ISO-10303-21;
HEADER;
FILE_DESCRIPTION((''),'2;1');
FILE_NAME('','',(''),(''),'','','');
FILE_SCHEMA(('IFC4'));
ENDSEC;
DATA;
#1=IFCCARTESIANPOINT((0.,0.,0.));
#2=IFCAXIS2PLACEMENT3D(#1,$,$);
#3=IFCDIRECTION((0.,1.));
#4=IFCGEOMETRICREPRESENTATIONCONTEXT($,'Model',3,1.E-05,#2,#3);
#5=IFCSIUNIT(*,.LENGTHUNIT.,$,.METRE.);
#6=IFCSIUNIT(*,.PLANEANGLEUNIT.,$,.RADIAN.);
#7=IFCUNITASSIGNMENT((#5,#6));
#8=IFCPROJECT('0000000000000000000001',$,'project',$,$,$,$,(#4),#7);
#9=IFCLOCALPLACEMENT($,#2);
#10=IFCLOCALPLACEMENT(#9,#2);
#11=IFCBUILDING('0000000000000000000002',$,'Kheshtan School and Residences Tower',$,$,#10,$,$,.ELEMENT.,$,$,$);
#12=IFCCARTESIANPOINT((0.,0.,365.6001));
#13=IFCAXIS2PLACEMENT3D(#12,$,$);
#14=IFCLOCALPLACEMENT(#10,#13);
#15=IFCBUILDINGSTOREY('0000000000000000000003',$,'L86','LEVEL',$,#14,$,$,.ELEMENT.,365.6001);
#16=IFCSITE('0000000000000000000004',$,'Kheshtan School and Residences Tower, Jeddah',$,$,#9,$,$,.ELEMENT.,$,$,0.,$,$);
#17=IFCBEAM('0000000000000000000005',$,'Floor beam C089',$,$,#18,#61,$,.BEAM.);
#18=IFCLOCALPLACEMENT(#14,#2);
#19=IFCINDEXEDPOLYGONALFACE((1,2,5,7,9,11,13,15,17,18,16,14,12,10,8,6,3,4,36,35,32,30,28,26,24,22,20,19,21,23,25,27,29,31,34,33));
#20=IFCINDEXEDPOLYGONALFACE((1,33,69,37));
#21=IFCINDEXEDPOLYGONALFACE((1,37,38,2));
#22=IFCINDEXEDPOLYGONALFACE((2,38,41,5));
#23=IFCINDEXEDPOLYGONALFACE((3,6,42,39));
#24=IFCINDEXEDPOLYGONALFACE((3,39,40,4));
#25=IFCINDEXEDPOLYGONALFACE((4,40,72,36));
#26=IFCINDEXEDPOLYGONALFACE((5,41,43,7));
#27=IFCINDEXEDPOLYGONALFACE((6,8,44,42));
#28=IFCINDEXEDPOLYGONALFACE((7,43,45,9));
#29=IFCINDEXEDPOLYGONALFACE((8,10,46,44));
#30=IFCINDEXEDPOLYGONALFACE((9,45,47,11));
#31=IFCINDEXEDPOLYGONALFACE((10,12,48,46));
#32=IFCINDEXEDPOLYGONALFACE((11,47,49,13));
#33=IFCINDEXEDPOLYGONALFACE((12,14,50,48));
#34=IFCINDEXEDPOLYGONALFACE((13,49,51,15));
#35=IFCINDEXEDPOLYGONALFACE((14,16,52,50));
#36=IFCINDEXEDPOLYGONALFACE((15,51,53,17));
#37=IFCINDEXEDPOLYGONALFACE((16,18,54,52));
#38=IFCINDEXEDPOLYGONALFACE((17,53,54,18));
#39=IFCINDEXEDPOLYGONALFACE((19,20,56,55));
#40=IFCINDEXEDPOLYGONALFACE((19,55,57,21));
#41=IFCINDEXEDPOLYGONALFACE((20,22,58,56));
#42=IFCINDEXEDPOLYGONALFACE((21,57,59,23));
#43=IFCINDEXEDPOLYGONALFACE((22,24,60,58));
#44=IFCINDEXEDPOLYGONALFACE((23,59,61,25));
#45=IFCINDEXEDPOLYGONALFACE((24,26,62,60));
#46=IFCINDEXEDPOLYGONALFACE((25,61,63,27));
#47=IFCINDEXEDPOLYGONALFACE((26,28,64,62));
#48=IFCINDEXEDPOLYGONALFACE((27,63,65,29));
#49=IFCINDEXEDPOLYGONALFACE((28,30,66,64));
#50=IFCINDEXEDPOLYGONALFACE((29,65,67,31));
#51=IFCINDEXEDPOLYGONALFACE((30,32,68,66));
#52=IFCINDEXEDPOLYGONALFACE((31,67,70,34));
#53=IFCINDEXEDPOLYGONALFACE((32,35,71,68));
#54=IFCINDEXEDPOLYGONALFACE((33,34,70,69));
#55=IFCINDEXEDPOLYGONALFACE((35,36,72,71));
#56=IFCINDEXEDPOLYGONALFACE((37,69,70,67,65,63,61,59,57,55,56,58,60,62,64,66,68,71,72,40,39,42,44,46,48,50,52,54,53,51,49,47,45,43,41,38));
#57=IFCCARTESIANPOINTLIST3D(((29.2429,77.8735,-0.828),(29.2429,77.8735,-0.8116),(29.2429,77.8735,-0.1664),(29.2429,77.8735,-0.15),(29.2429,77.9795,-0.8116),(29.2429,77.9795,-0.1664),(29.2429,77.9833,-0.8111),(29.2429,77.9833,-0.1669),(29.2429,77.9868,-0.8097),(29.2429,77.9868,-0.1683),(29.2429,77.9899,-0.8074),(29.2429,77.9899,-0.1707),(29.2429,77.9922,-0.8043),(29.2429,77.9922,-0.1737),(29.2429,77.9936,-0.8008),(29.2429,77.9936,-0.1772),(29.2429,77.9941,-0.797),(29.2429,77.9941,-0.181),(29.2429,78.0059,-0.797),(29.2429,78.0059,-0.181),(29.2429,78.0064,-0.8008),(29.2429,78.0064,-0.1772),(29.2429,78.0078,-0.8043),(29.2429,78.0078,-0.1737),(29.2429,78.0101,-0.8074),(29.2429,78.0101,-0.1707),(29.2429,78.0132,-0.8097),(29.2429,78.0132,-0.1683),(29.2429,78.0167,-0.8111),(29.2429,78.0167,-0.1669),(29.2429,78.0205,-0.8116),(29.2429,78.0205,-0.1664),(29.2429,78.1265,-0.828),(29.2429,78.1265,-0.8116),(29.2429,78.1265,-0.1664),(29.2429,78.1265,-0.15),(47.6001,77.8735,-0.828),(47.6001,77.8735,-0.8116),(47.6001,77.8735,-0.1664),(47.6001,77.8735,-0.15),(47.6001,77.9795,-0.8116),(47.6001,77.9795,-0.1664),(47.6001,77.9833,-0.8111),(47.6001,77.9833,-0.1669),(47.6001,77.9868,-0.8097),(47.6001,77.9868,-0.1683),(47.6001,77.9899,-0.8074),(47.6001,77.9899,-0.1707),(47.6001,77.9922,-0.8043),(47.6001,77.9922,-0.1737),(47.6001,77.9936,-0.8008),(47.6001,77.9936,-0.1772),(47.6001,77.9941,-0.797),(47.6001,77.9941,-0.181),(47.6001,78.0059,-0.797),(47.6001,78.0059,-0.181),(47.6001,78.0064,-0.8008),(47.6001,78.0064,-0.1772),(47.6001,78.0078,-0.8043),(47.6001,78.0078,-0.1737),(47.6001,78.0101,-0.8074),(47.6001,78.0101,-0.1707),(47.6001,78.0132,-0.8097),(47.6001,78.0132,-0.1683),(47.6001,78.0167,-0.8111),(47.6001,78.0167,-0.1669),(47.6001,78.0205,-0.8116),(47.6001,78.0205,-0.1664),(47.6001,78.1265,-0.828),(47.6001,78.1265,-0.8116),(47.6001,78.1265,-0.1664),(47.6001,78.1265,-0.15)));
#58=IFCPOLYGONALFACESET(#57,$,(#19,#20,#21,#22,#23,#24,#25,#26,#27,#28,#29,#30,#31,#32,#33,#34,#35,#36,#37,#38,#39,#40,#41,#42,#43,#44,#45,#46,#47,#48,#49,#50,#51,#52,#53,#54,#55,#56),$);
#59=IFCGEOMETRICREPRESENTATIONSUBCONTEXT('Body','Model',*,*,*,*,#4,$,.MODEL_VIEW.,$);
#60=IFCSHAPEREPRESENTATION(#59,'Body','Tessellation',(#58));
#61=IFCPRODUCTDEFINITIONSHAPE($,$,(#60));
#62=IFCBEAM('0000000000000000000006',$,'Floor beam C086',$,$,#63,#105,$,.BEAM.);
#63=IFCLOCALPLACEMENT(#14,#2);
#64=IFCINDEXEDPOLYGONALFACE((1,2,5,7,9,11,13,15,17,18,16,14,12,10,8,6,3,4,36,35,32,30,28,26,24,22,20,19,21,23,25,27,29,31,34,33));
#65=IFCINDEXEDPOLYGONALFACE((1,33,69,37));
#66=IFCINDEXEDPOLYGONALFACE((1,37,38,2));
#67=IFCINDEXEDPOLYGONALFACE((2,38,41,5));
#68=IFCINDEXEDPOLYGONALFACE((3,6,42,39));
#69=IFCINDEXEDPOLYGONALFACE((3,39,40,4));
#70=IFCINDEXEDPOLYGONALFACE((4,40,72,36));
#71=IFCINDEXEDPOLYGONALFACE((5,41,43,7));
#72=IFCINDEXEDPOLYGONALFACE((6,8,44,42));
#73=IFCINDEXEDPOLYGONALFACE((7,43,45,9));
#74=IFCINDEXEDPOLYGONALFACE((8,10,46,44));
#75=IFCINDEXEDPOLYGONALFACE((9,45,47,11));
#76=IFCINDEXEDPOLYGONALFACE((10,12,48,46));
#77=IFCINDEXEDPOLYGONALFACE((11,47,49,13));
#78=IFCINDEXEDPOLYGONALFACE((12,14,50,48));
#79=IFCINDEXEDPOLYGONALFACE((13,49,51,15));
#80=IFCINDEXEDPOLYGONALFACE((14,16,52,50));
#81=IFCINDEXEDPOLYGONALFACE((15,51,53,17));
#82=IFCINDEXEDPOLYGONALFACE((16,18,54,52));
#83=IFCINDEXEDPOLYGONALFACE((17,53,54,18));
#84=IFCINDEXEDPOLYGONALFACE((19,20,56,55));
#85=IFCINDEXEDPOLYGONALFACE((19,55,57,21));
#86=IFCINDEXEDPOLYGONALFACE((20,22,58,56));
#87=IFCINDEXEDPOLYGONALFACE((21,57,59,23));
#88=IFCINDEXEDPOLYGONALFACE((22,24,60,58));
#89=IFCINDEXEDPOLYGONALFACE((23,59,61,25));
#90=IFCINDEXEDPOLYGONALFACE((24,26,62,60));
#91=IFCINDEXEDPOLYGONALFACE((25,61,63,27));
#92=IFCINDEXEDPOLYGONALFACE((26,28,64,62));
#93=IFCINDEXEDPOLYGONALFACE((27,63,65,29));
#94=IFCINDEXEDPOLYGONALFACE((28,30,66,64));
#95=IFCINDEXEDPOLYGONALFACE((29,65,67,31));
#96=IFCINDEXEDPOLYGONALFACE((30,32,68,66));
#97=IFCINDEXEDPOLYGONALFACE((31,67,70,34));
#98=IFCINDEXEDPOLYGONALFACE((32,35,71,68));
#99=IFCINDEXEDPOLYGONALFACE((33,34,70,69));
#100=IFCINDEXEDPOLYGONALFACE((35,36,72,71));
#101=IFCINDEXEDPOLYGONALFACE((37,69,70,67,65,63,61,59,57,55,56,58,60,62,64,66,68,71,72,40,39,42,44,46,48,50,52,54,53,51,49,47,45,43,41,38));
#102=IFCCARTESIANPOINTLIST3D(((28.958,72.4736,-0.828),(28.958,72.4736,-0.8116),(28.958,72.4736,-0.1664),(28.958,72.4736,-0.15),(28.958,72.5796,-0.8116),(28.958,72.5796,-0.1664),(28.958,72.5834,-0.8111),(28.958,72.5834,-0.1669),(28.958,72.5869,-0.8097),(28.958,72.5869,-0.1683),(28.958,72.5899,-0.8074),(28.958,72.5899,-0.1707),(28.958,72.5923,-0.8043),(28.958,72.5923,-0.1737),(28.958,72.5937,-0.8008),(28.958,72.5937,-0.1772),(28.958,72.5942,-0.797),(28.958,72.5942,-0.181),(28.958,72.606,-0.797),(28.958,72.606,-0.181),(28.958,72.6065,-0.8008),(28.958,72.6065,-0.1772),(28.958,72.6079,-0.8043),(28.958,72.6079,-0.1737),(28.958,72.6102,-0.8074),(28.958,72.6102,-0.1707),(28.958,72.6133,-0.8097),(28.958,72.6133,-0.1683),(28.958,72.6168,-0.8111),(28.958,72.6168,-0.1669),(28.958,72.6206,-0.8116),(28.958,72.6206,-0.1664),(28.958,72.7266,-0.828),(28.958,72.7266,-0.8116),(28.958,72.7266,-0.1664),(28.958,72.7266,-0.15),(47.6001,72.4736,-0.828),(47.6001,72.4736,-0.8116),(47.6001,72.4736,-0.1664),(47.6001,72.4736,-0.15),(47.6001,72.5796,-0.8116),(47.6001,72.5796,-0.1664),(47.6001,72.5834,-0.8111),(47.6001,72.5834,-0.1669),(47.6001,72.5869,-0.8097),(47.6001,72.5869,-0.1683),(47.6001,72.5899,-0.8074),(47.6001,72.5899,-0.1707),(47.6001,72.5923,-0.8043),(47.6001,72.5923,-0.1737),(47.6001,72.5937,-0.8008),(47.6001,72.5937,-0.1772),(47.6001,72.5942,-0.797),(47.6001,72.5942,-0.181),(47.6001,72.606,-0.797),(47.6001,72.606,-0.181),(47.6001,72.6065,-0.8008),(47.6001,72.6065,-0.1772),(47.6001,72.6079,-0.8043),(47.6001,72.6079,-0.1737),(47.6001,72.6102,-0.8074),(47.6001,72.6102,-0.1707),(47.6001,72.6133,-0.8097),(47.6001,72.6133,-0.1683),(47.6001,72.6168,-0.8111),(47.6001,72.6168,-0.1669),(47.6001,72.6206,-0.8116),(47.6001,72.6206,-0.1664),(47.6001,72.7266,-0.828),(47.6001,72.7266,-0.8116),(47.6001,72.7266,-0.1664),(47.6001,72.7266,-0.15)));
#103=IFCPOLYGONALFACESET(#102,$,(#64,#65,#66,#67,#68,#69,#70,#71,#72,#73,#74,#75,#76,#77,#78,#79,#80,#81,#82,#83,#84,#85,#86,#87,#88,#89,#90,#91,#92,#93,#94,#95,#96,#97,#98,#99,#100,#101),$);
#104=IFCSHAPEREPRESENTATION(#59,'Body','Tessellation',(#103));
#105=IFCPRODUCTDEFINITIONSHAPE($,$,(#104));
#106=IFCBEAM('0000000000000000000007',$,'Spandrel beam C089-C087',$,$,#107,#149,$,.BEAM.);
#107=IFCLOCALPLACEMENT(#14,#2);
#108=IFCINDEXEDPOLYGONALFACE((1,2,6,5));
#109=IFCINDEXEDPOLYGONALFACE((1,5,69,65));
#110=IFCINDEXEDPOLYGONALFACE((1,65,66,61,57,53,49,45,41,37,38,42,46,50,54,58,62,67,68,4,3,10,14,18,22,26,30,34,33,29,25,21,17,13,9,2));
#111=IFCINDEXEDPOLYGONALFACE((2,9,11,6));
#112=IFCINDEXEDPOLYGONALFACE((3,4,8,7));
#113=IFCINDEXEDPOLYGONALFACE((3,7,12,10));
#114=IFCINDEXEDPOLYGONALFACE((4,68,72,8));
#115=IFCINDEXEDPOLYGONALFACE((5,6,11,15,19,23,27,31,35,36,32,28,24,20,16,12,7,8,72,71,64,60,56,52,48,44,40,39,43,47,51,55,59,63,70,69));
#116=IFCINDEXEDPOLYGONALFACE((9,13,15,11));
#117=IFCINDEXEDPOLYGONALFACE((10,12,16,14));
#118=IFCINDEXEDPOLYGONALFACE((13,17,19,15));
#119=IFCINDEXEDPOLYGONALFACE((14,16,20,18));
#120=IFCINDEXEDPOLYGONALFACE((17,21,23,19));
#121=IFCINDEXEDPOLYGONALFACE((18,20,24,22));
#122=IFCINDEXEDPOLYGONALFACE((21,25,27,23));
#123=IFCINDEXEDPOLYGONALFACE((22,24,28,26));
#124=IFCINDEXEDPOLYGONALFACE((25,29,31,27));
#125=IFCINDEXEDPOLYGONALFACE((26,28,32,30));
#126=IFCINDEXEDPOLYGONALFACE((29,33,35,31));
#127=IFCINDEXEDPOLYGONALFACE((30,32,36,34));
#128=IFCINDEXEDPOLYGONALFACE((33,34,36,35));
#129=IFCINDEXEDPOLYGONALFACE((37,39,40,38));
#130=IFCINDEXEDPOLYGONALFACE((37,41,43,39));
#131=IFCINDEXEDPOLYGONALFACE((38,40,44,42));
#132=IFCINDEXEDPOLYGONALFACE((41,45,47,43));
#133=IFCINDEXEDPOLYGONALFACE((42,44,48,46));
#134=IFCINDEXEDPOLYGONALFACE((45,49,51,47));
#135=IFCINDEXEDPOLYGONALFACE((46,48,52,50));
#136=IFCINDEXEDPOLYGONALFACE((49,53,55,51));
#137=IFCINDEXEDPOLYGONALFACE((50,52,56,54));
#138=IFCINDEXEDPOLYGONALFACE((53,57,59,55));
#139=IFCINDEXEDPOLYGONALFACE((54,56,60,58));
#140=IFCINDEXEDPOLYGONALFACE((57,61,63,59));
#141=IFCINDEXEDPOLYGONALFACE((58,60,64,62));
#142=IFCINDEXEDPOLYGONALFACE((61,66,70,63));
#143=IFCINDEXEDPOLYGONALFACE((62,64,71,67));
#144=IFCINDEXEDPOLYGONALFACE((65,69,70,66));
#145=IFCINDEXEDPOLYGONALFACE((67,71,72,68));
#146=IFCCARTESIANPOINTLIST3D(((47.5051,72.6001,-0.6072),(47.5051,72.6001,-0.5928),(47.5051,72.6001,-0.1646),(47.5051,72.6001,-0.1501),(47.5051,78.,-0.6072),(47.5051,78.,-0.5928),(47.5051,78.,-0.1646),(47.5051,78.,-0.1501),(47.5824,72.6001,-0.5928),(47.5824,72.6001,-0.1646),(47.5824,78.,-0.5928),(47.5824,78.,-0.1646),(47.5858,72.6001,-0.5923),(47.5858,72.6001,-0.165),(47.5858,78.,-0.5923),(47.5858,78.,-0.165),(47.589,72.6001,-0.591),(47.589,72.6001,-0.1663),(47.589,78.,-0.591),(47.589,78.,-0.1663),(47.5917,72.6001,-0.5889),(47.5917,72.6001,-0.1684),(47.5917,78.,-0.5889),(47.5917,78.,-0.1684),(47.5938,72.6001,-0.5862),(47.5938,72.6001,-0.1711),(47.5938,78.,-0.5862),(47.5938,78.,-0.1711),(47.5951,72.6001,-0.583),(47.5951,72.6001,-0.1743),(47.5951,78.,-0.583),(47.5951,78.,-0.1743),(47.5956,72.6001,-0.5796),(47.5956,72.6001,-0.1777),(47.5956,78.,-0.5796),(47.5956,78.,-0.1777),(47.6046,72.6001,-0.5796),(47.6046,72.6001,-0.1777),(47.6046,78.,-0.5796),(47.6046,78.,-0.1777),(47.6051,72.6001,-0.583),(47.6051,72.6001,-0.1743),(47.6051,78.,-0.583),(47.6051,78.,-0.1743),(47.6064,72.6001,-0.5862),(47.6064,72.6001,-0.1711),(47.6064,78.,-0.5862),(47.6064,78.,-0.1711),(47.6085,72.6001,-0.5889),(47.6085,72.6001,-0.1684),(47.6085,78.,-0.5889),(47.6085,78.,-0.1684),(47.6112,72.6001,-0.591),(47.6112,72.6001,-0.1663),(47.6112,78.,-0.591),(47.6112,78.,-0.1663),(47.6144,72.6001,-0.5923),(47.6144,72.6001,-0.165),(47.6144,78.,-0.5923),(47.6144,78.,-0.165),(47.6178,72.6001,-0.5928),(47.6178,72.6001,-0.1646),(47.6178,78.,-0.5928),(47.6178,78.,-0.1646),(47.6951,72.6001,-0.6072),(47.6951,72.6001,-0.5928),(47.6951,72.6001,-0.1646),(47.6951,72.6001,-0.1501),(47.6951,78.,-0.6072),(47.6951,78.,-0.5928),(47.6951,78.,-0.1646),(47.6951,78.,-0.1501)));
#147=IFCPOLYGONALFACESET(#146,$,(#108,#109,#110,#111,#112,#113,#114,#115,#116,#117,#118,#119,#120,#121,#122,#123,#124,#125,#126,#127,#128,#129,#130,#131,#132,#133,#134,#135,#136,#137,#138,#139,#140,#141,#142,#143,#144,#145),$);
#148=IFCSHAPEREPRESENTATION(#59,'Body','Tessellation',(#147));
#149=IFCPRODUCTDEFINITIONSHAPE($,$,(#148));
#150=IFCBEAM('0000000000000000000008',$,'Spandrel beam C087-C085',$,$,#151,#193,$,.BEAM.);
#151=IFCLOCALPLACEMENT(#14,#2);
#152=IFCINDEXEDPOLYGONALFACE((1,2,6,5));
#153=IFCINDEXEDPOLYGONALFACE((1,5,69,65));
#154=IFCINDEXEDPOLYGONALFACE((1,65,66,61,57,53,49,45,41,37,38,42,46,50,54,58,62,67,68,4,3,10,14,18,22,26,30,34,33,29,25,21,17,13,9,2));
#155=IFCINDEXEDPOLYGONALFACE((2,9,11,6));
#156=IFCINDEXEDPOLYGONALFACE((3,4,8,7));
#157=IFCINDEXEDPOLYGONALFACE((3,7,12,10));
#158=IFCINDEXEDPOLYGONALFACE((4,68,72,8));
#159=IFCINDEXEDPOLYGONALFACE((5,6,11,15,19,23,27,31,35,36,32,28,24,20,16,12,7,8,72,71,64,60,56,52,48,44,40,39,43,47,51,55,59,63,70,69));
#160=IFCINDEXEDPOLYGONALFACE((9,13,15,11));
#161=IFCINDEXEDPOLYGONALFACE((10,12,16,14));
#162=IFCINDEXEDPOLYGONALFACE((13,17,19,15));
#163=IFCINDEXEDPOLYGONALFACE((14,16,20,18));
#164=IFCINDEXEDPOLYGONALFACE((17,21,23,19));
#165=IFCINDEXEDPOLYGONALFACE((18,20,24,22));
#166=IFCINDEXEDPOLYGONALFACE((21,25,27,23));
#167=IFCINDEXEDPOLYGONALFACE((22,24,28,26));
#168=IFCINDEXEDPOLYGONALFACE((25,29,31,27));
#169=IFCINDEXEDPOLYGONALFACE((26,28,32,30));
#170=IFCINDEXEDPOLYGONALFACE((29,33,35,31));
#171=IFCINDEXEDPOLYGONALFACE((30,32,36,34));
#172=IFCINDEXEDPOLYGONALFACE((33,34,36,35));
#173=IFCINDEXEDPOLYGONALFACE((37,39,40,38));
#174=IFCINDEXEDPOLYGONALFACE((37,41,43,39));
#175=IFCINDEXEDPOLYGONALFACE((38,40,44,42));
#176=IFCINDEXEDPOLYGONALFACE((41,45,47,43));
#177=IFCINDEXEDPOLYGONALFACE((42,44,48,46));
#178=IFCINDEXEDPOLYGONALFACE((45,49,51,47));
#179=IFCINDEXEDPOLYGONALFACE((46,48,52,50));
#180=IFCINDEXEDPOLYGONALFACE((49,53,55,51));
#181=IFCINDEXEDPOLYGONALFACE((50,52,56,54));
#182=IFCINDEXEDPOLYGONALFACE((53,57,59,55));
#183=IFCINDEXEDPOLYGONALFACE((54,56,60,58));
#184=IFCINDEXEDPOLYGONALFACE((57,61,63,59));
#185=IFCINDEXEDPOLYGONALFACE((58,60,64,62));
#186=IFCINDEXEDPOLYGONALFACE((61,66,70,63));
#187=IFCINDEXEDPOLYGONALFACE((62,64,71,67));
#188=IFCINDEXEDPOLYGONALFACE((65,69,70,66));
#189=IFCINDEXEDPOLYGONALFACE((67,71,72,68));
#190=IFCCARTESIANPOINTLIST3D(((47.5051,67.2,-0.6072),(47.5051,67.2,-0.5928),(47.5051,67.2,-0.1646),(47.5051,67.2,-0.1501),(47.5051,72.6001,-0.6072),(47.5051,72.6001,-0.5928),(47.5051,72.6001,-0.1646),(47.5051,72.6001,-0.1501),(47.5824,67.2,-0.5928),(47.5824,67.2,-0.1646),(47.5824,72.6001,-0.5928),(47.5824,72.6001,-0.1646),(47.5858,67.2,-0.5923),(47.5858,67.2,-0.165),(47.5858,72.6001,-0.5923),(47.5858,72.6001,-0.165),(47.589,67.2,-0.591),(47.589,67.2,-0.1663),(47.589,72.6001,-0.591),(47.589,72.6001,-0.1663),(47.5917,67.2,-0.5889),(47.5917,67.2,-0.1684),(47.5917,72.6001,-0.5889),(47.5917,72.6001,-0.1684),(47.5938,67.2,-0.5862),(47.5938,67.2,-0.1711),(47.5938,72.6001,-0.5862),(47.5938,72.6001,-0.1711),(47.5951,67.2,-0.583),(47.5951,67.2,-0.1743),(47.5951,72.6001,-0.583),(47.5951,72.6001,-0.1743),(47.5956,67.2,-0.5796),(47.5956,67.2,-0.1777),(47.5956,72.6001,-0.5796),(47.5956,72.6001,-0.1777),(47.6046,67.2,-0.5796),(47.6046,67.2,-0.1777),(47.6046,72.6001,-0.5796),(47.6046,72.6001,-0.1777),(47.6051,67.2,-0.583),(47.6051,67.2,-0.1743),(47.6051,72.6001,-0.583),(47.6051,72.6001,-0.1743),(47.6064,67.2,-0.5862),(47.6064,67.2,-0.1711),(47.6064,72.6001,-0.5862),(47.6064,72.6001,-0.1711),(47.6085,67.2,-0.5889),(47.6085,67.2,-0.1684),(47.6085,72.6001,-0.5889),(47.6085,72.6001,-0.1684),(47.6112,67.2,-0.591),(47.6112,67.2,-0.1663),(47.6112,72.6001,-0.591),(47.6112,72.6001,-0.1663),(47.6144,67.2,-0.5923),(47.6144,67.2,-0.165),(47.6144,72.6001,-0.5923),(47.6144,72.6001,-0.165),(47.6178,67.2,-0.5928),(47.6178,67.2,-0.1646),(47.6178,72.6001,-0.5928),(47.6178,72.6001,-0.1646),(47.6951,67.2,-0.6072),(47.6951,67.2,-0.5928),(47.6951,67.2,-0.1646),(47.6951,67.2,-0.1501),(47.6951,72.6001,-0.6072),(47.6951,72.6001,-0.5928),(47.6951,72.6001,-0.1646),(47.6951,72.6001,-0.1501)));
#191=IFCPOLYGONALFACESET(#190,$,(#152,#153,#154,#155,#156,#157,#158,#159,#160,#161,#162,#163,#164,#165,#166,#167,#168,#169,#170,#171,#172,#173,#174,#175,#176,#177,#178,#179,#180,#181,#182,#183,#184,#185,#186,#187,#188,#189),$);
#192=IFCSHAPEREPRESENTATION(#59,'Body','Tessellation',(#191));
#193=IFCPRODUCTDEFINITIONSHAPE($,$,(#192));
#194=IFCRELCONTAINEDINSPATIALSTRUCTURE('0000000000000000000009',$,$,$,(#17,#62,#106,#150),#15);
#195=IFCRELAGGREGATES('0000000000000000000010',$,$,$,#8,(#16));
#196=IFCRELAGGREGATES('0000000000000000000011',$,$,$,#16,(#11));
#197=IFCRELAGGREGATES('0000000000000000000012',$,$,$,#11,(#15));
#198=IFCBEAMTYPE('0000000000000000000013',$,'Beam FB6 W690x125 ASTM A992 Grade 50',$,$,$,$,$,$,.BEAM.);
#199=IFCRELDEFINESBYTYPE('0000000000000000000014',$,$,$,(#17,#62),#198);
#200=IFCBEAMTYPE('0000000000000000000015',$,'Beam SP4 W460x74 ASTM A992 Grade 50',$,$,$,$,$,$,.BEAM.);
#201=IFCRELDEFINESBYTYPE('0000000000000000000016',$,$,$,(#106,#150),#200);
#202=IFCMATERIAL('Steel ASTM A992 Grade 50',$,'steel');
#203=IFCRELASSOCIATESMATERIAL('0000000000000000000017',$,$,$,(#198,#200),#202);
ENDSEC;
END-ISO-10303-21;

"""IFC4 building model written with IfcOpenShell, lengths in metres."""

from ifc_helpers import new_model, si_unit, direction, frame, origin, origin_2d, place, context, subcontext, project, spatial, i_section, extrude, material, material_profile, profile_set, type_object, element, save


model = new_model("IFC4")

# Units and contexts
model_context = context("Model", 3, precision=1e-05, world=origin(), true_north=direction((0.0, 1.0)))
body_context = subcontext(model_context, "Body", "Model", "MODEL_VIEW")
ifc_project = project(units=[si_unit("LENGTHUNIT", "METRE"), si_unit("PLANEANGLEUNIT", "RADIAN")], contexts=[model_context])

# Site, building, storey
site_placement = place(None, origin())
site = spatial("IfcSite", under=ifc_project, at=site_placement, Name="Kheshtan School and Residences Tower, Jeddah", CompositionType="ELEMENT", RefElevation=0.0)
building_placement = place(site_placement, origin())
building = spatial("IfcBuilding", under=site, at=building_placement, Name="Kheshtan School and Residences Tower", CompositionType="ELEMENT")
storey_placement = place(building_placement, frame((0.0, 0.0, 365.6001)))
storey = spatial("IfcBuildingStorey", under=building, at=storey_placement, Name="L86", Description="LEVEL", CompositionType="ELEMENT", Elevation=365.6001)

# Shared definitions
ifc_material_1 = material(Name="Steel ASTM A992 Grade 50", Category="steel")

# Beams
ifc_material_profile_1 = material_profile(ifc_material_1, i_section(OverallWidth=0.2529, OverallDepth=0.678, WebThickness=0.0117, FlangeThickness=0.0164, FilletRadius=0.0146, at=origin_2d()), Name="W690x125")
ifc_profile_set_1 = profile_set([ifc_material_profile_1], Name="Steel ASTM A992 Grade 50")
beam_type_1 = type_object("IfcBeamType", Name="Beam FB6 W690x125 ASTM A992 Grade 50", PredefinedType="BEAM", material=ifc_profile_set_1)
beam_1_placement = place(storey_placement, frame((47.6001, 78.0, -0.489), z_axis=(-1.0, 0.0, 0.0), x_axis=(0.0, -1.0, 0.0)))
element("IfcBeam", 1, at=beam_1_placement, inside=storey, type_object=beam_type_1, Name="Floor beam C089", PredefinedType="BEAM", context=body_context, shape_type="SweptSolid", body=[
    extrude(i_section(OverallWidth=0.2529, OverallDepth=0.678, WebThickness=0.0117, FlangeThickness=0.0164, FilletRadius=0.0146, at=origin_2d()), origin(), (0.0, 0.0, 1.0), 18.3572),
])
beam_2_placement = place(storey_placement, frame((28.958, 72.6001, -0.489), z_axis=(1.0, 0.0, 0.0), x_axis=(0.0, 1.0, 0.0)))
element("IfcBeam", 2, at=beam_2_placement, inside=storey, type_object=beam_type_1, Name="Floor beam C086", PredefinedType="BEAM", context=body_context, shape_type="SweptSolid", body=[
    extrude(i_section(OverallWidth=0.2529, OverallDepth=0.678, WebThickness=0.0117, FlangeThickness=0.0164, FilletRadius=0.0146, at=origin_2d()), origin(), (0.0, 0.0, 1.0), 18.6421),
])
ifc_material_profile_2 = material_profile(ifc_material_1, i_section(OverallWidth=0.1899, OverallDepth=0.457, WebThickness=0.009, FlangeThickness=0.0144, FilletRadius=0.0132, at=origin_2d()), Name="W460x74")
ifc_profile_set_2 = profile_set([ifc_material_profile_2], Name="Steel ASTM A992 Grade 50")
beam_type_2 = type_object("IfcBeamType", Name="Beam SP4 W460x74 ASTM A992 Grade 50", PredefinedType="BEAM", material=ifc_profile_set_2)
beam_3_placement = place(storey_placement, frame((47.6001, 78.0, -0.3787), z_axis=(0.0, -1.0, 0.0), x_axis=(1.0, 0.0, 0.0)))
element("IfcBeam", 3, at=beam_3_placement, inside=storey, type_object=beam_type_2, Name="Spandrel beam C089-C087", PredefinedType="BEAM", context=body_context, shape_type="SweptSolid", body=[
    extrude(i_section(OverallWidth=0.1899, OverallDepth=0.457, WebThickness=0.009, FlangeThickness=0.0144, FilletRadius=0.0132, at=origin_2d()), origin(), (0.0, 0.0, 1.0), 5.3999),
])
beam_4_placement = place(storey_placement, frame((47.6001, 72.6001, -0.3787), z_axis=(0.0, -1.0, 0.0), x_axis=(1.0, 0.0, 0.0)))
element("IfcBeam", 4, at=beam_4_placement, inside=storey, type_object=beam_type_2, Name="Spandrel beam C087-C085", PredefinedType="BEAM", context=body_context, shape_type="SweptSolid", body=[
    extrude(i_section(OverallWidth=0.1899, OverallDepth=0.457, WebThickness=0.009, FlangeThickness=0.0144, FilletRadius=0.0132, at=origin_2d()), origin(), (0.0, 0.0, 1.0), 5.4001),
])

save(model, "model.ifc")
